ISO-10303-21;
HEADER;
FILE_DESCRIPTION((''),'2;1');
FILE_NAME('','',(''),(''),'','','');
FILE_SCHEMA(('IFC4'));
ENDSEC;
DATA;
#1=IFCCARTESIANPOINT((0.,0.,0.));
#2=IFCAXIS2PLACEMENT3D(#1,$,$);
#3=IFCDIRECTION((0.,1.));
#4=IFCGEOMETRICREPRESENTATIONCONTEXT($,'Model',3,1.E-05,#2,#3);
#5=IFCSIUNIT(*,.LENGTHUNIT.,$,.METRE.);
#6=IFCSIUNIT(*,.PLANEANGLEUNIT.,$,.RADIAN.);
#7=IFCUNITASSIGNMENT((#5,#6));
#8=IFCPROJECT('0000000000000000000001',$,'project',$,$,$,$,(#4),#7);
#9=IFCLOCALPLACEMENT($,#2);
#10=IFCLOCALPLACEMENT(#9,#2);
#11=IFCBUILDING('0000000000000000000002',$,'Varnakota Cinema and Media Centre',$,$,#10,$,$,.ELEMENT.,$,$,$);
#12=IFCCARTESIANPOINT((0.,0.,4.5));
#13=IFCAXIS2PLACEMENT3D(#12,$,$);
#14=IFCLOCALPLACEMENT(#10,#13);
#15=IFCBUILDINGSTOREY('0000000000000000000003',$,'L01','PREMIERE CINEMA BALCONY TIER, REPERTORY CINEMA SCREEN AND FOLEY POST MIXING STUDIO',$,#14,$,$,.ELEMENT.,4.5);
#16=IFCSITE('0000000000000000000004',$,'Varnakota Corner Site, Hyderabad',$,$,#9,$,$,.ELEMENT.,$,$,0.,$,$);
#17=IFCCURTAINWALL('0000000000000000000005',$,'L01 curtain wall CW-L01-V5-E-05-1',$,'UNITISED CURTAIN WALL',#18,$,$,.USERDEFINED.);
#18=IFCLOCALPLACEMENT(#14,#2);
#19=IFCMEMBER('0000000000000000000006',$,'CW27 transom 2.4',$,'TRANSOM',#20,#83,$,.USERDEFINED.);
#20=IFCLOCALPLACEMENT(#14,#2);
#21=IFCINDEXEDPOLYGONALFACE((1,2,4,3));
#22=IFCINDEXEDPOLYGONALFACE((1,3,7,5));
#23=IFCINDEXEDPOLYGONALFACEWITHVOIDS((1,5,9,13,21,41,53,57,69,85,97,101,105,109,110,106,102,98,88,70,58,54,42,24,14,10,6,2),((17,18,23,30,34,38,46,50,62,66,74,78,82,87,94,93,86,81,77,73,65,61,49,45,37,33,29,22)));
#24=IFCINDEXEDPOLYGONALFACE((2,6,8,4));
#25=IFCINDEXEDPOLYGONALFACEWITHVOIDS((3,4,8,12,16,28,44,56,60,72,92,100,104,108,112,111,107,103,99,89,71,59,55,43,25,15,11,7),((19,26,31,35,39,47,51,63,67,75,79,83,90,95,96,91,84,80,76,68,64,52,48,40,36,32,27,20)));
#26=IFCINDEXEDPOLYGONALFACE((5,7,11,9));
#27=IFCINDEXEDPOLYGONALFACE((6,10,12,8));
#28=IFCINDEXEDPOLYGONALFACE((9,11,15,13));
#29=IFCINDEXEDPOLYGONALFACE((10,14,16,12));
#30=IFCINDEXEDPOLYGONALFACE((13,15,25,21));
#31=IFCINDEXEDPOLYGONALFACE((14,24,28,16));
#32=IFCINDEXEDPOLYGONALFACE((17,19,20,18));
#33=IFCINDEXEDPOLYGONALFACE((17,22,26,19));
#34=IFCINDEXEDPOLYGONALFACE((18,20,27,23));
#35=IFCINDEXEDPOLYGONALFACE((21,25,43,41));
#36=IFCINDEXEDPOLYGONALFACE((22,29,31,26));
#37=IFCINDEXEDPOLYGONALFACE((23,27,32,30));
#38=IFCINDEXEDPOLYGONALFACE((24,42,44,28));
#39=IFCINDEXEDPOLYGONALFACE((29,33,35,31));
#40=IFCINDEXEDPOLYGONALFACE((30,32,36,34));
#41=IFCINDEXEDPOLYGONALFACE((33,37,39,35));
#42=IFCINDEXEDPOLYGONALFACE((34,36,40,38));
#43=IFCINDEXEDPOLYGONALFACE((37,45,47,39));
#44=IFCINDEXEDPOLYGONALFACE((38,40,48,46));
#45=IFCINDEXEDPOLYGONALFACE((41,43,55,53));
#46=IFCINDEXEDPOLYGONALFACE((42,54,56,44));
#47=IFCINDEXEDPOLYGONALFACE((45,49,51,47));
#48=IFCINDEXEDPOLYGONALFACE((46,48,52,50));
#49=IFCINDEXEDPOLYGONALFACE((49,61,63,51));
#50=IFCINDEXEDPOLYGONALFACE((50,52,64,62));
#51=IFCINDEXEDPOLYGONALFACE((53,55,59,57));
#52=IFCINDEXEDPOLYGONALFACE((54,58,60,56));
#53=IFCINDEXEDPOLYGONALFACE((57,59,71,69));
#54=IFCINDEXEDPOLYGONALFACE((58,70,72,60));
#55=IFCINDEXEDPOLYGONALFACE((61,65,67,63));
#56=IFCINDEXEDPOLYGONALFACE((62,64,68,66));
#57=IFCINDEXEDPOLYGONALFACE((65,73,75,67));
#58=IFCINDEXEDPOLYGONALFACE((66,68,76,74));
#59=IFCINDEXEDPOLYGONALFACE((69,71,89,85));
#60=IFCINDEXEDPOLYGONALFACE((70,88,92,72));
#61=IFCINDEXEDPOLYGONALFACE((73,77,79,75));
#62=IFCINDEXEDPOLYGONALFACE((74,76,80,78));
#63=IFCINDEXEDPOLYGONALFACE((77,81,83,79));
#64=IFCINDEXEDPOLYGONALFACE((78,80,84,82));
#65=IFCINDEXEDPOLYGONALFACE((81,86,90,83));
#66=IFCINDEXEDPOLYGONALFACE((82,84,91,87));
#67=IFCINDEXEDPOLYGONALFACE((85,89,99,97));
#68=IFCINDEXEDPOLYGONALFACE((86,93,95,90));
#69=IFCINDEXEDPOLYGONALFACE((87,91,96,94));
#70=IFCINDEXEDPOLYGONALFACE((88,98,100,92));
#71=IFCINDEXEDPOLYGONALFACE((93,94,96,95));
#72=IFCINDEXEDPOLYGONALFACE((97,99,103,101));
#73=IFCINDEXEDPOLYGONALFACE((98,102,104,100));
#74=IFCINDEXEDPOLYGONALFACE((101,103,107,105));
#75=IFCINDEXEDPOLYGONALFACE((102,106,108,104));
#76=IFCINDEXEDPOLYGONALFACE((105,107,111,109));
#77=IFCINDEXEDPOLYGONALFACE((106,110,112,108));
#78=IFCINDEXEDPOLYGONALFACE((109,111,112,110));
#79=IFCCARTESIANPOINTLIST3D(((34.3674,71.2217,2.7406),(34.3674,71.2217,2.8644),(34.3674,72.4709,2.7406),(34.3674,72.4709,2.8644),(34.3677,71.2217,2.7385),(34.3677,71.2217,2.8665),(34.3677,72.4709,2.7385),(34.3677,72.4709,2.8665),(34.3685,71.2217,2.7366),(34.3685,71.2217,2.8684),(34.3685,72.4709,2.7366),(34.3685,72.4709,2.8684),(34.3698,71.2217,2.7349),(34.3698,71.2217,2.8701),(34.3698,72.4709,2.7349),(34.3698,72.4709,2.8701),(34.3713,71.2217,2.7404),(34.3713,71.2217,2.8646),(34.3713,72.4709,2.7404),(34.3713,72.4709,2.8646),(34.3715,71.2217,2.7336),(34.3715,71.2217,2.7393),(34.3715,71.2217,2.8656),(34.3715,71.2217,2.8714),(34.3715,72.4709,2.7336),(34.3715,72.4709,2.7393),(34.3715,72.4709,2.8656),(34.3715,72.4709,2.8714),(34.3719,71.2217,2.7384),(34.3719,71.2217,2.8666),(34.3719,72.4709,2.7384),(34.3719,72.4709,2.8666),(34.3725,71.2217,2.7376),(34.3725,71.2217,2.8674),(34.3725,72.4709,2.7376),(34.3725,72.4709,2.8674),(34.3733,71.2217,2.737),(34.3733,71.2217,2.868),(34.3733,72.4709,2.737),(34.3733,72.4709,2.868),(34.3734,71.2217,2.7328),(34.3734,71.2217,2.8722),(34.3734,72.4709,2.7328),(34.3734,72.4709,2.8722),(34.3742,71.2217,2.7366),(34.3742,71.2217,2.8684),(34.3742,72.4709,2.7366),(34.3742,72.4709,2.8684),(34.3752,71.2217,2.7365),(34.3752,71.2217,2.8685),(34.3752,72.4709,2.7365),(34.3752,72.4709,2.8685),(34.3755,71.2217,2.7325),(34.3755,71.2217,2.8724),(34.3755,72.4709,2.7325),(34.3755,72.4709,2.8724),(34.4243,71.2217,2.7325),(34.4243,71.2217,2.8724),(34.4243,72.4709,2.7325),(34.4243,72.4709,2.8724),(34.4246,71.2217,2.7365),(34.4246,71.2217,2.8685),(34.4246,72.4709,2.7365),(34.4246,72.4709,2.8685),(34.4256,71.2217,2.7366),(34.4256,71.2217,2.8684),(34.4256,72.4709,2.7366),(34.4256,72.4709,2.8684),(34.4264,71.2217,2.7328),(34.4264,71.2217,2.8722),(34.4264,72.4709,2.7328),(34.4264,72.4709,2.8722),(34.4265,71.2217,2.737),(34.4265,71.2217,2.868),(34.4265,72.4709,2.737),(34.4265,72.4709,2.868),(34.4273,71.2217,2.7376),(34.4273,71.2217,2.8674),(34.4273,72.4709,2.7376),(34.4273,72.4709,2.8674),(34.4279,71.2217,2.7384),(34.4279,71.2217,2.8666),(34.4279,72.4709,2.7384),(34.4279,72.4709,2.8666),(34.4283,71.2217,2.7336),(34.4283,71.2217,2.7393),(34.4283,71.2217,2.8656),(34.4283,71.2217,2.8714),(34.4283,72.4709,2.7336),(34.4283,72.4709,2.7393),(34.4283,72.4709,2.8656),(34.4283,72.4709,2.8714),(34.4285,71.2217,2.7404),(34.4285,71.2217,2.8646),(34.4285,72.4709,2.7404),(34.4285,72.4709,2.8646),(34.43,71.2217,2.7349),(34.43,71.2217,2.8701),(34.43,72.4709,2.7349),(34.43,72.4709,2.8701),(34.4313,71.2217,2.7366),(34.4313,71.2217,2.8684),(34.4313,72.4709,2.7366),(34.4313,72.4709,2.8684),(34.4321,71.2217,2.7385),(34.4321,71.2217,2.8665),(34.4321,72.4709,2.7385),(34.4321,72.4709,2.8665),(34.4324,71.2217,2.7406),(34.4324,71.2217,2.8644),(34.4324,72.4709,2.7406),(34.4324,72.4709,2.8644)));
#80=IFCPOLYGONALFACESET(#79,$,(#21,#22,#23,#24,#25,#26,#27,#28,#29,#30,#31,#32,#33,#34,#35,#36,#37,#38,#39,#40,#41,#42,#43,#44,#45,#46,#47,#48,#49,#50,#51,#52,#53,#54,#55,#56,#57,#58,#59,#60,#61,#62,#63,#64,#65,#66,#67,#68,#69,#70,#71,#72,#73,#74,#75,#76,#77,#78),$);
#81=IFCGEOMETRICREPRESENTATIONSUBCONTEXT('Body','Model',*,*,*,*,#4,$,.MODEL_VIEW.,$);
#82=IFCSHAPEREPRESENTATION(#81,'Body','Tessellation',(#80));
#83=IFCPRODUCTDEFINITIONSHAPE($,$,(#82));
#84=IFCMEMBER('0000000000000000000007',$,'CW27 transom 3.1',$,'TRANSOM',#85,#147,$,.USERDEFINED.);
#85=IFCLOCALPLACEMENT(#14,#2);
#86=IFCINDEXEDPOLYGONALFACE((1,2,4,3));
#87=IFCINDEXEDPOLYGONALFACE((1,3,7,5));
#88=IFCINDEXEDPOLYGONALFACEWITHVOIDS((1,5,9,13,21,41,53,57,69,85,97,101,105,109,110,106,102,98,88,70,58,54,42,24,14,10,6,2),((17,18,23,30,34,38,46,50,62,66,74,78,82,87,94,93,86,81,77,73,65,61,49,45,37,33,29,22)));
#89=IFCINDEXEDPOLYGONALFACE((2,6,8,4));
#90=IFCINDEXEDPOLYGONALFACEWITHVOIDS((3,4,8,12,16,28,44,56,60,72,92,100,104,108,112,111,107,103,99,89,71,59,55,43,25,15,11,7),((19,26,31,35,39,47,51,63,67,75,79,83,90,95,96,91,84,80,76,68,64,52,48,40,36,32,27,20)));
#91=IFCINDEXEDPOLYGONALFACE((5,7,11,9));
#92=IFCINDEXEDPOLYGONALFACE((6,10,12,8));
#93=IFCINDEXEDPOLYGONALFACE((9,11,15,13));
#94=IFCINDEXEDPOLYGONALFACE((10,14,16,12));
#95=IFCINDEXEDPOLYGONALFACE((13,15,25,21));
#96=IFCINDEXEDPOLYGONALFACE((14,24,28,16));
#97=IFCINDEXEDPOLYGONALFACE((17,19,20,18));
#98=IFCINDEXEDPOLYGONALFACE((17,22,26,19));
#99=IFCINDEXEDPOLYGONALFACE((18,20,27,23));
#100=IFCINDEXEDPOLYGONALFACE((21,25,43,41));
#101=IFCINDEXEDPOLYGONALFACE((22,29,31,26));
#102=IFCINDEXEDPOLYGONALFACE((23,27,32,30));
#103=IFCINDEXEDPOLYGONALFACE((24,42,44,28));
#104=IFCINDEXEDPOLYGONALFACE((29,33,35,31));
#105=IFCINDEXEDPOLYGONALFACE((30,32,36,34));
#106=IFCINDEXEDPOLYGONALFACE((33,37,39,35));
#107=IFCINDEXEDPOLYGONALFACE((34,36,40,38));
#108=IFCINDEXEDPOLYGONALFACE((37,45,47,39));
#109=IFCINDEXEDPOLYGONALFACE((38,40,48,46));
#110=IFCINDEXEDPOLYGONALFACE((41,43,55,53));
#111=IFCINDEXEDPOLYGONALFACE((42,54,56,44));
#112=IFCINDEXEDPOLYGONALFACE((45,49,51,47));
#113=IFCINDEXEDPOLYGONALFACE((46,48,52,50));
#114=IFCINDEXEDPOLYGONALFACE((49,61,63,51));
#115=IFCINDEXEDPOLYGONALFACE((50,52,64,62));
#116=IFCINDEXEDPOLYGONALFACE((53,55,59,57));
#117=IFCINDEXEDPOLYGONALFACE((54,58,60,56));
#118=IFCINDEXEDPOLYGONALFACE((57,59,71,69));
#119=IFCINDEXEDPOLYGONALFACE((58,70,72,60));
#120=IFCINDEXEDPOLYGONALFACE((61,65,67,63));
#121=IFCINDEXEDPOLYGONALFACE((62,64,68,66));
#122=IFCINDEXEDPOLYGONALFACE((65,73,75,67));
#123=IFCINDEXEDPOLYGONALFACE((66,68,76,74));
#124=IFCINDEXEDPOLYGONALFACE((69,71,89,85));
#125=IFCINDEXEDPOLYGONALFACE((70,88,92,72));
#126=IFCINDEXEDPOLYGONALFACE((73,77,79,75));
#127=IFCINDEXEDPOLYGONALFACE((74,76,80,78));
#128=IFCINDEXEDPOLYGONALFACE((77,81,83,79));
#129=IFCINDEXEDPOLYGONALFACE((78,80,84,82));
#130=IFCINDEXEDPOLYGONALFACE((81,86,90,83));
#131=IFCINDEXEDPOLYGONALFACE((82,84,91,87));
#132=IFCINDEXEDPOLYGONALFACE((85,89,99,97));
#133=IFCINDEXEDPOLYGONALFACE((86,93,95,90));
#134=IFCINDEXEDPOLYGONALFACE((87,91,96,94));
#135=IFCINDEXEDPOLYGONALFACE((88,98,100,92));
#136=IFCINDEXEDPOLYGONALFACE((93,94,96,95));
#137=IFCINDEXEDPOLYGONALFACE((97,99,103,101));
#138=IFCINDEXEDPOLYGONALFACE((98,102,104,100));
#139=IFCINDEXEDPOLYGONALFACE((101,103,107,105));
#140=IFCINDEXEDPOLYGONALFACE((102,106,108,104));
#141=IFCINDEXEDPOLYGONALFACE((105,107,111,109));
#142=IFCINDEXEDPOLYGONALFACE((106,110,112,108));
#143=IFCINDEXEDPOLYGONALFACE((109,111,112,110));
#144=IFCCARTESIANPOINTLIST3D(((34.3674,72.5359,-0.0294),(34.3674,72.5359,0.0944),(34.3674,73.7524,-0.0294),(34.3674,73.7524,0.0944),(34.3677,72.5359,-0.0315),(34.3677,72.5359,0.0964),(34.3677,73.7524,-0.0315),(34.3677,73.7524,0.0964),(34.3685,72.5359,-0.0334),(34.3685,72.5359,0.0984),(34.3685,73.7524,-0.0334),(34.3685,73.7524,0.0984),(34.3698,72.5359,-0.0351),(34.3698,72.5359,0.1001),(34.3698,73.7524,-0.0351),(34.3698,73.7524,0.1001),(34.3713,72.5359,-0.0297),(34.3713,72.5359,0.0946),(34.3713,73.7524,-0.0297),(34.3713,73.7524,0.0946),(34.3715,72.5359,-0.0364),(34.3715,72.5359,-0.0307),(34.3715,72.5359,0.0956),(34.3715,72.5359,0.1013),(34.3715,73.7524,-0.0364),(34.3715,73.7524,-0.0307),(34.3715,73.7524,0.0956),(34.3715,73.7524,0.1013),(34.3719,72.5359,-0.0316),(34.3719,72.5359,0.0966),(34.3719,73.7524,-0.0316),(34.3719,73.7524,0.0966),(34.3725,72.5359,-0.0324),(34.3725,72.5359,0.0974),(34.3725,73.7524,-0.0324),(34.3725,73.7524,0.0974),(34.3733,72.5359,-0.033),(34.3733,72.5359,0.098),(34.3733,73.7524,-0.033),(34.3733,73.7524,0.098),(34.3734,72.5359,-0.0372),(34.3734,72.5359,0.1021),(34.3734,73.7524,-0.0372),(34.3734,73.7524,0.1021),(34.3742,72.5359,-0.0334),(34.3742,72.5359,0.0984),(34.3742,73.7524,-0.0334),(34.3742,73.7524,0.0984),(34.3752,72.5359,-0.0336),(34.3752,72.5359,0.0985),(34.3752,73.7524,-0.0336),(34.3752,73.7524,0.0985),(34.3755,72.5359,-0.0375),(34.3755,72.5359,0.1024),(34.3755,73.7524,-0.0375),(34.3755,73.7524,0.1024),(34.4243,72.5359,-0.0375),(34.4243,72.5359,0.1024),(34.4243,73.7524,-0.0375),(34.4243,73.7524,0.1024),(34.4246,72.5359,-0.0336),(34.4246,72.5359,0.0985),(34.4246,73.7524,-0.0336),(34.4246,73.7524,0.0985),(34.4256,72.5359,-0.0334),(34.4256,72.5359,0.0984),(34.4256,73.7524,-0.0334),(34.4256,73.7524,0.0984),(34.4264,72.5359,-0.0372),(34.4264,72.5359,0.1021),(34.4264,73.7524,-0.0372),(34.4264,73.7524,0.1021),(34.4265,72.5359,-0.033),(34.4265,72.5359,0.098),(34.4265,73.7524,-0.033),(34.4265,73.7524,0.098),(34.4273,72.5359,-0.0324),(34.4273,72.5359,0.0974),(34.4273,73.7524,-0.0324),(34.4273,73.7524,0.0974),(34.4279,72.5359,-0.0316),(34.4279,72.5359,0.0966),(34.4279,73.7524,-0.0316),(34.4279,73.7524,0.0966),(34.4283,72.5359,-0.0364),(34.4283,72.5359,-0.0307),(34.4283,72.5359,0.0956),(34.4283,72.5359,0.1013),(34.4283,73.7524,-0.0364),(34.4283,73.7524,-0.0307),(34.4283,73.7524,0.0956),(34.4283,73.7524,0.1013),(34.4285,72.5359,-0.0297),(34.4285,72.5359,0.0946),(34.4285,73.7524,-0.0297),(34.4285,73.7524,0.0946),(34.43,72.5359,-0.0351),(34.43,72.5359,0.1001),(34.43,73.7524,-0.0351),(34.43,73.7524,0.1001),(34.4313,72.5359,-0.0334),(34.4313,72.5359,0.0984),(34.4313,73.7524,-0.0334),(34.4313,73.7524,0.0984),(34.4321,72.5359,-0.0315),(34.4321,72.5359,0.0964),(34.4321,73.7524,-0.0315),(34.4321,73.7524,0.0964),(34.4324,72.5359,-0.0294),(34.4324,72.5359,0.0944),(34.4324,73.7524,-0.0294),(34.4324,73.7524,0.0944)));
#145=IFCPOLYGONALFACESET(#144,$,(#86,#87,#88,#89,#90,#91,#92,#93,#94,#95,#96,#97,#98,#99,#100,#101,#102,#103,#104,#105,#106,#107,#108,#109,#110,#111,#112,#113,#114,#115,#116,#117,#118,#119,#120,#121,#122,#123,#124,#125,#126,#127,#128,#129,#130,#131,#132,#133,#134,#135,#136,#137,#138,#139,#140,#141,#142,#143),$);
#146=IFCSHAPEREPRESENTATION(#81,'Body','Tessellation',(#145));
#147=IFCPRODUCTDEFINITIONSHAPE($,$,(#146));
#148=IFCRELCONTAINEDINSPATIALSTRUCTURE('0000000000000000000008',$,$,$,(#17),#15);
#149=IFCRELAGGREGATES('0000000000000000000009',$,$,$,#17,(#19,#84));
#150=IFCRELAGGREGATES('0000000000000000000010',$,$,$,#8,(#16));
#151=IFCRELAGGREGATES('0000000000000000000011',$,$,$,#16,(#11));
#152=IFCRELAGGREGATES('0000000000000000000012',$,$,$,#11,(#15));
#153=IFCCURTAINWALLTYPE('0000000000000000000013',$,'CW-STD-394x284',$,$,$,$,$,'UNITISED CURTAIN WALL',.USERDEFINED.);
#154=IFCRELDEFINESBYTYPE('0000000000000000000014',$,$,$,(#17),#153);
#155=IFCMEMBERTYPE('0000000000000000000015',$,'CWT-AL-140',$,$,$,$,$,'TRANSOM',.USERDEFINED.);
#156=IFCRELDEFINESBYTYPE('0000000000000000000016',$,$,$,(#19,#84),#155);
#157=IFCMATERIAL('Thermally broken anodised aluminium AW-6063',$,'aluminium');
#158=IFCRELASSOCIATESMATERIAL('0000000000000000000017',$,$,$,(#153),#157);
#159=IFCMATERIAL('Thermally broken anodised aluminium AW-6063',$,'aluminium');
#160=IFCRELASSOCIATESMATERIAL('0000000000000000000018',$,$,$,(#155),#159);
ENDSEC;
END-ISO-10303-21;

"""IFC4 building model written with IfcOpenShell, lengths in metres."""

from ifc_helpers import new_model, si_unit, direction, frame, origin, origin_2d, place, context, subcontext, project, spatial, hollow_rectangle, extrude, material, material_profile, profile_set, type_object, element, aggregate, save


model = new_model("IFC4")

# Units and contexts
model_context = context("Model", 3, precision=1e-05, world=origin(), true_north=direction((0.0, 1.0)))
body_context = subcontext(model_context, "Body", "Model", "MODEL_VIEW")
ifc_project = project(units=[si_unit("LENGTHUNIT", "METRE"), si_unit("PLANEANGLEUNIT", "RADIAN")], contexts=[model_context])

# Site, building, storey
site_placement = place(None, origin())
site = spatial("IfcSite", under=ifc_project, at=site_placement, Name="Varnakota Corner Site, Hyderabad", CompositionType="ELEMENT", RefElevation=0.0)
building_placement = place(site_placement, origin())
building = spatial("IfcBuilding", under=site, at=building_placement, Name="Varnakota Cinema and Media Centre", CompositionType="ELEMENT")
storey_placement = place(building_placement, frame((0.0, 0.0, 4.5)))
storey = spatial("IfcBuildingStorey", under=building, at=storey_placement, Name="L01", Description="PREMIERE CINEMA BALCONY TIER, REPERTORY CINEMA SCREEN AND FOLEY POST MIXING STUDIO", CompositionType="ELEMENT", Elevation=4.5)

# Curtain wall, members
ifc_material_1 = material(Name="Thermally broken anodised aluminium AW-6063", Category="aluminium")
curtain_wall_type = type_object("IfcCurtainWallType", Name="CW-STD-394x284", ElementType="UNITISED CURTAIN WALL", PredefinedType="USERDEFINED", material=ifc_material_1)
curtain_wall_placement = place(storey_placement, origin())
curtain_wall = element("IfcCurtainWall", 1, at=curtain_wall_placement, inside=storey, type_object=curtain_wall_type, Name="L01 curtain wall CW-L01-V5-E-05-1", ObjectType="UNITISED CURTAIN WALL", PredefinedType="USERDEFINED")
ifc_material_2 = material(Name="Thermally broken anodised aluminium AW-6063", Category="aluminium")
ifc_material_profile_1 = material_profile(ifc_material_2, hollow_rectangle(XDim=0.0649, YDim=0.1399, WallThickness=0.0039, InnerFilletRadius=0.0039, OuterFilletRadius=0.0081, at=origin_2d()), Name="AL-TRANSOM 140x65x4")
ifc_profile_set_1 = profile_set([ifc_material_profile_1], Name="Thermally broken anodised aluminium AW-6063")
member_type_1 = type_object("IfcMemberType", Name="CWT-AL-140", ElementType="TRANSOM", PredefinedType="USERDEFINED", material=ifc_profile_set_1)
member_1_placement = place(storey_placement, frame((34.3999, 71.2217, 2.8025), z_axis=(0.0, 1.0, 0.0), x_axis=(-1.0, 0.0, 0.0)))
member_1 = element("IfcMember", 2, at=member_1_placement, type_object=member_type_1, Name="CW27 transom 2.4", ObjectType="TRANSOM", PredefinedType="USERDEFINED", context=body_context, shape_type="SweptSolid", body=[
    extrude(hollow_rectangle(XDim=0.0649, YDim=0.1399, WallThickness=0.0039, InnerFilletRadius=0.0039, OuterFilletRadius=0.0081, at=origin_2d()), origin(), (0.0, 0.0, 1.0), 1.2493),
])
member_2_placement = place(storey_placement, frame((34.3999, 72.5359, 0.0325), z_axis=(0.0, 1.0, 0.0), x_axis=(-1.0, 0.0, 0.0)))
member_2 = element("IfcMember", 3, at=member_2_placement, type_object=member_type_1, Name="CW27 transom 3.1", ObjectType="TRANSOM", PredefinedType="USERDEFINED", context=body_context, shape_type="SweptSolid", body=[
    extrude(hollow_rectangle(XDim=0.0649, YDim=0.1399, WallThickness=0.0039, InnerFilletRadius=0.0039, OuterFilletRadius=0.0081, at=origin_2d()), origin(), (0.0, 0.0, 1.0), 1.2166),
])
aggregate(curtain_wall, [member_1, member_2])

save(model, "model.ifc")
